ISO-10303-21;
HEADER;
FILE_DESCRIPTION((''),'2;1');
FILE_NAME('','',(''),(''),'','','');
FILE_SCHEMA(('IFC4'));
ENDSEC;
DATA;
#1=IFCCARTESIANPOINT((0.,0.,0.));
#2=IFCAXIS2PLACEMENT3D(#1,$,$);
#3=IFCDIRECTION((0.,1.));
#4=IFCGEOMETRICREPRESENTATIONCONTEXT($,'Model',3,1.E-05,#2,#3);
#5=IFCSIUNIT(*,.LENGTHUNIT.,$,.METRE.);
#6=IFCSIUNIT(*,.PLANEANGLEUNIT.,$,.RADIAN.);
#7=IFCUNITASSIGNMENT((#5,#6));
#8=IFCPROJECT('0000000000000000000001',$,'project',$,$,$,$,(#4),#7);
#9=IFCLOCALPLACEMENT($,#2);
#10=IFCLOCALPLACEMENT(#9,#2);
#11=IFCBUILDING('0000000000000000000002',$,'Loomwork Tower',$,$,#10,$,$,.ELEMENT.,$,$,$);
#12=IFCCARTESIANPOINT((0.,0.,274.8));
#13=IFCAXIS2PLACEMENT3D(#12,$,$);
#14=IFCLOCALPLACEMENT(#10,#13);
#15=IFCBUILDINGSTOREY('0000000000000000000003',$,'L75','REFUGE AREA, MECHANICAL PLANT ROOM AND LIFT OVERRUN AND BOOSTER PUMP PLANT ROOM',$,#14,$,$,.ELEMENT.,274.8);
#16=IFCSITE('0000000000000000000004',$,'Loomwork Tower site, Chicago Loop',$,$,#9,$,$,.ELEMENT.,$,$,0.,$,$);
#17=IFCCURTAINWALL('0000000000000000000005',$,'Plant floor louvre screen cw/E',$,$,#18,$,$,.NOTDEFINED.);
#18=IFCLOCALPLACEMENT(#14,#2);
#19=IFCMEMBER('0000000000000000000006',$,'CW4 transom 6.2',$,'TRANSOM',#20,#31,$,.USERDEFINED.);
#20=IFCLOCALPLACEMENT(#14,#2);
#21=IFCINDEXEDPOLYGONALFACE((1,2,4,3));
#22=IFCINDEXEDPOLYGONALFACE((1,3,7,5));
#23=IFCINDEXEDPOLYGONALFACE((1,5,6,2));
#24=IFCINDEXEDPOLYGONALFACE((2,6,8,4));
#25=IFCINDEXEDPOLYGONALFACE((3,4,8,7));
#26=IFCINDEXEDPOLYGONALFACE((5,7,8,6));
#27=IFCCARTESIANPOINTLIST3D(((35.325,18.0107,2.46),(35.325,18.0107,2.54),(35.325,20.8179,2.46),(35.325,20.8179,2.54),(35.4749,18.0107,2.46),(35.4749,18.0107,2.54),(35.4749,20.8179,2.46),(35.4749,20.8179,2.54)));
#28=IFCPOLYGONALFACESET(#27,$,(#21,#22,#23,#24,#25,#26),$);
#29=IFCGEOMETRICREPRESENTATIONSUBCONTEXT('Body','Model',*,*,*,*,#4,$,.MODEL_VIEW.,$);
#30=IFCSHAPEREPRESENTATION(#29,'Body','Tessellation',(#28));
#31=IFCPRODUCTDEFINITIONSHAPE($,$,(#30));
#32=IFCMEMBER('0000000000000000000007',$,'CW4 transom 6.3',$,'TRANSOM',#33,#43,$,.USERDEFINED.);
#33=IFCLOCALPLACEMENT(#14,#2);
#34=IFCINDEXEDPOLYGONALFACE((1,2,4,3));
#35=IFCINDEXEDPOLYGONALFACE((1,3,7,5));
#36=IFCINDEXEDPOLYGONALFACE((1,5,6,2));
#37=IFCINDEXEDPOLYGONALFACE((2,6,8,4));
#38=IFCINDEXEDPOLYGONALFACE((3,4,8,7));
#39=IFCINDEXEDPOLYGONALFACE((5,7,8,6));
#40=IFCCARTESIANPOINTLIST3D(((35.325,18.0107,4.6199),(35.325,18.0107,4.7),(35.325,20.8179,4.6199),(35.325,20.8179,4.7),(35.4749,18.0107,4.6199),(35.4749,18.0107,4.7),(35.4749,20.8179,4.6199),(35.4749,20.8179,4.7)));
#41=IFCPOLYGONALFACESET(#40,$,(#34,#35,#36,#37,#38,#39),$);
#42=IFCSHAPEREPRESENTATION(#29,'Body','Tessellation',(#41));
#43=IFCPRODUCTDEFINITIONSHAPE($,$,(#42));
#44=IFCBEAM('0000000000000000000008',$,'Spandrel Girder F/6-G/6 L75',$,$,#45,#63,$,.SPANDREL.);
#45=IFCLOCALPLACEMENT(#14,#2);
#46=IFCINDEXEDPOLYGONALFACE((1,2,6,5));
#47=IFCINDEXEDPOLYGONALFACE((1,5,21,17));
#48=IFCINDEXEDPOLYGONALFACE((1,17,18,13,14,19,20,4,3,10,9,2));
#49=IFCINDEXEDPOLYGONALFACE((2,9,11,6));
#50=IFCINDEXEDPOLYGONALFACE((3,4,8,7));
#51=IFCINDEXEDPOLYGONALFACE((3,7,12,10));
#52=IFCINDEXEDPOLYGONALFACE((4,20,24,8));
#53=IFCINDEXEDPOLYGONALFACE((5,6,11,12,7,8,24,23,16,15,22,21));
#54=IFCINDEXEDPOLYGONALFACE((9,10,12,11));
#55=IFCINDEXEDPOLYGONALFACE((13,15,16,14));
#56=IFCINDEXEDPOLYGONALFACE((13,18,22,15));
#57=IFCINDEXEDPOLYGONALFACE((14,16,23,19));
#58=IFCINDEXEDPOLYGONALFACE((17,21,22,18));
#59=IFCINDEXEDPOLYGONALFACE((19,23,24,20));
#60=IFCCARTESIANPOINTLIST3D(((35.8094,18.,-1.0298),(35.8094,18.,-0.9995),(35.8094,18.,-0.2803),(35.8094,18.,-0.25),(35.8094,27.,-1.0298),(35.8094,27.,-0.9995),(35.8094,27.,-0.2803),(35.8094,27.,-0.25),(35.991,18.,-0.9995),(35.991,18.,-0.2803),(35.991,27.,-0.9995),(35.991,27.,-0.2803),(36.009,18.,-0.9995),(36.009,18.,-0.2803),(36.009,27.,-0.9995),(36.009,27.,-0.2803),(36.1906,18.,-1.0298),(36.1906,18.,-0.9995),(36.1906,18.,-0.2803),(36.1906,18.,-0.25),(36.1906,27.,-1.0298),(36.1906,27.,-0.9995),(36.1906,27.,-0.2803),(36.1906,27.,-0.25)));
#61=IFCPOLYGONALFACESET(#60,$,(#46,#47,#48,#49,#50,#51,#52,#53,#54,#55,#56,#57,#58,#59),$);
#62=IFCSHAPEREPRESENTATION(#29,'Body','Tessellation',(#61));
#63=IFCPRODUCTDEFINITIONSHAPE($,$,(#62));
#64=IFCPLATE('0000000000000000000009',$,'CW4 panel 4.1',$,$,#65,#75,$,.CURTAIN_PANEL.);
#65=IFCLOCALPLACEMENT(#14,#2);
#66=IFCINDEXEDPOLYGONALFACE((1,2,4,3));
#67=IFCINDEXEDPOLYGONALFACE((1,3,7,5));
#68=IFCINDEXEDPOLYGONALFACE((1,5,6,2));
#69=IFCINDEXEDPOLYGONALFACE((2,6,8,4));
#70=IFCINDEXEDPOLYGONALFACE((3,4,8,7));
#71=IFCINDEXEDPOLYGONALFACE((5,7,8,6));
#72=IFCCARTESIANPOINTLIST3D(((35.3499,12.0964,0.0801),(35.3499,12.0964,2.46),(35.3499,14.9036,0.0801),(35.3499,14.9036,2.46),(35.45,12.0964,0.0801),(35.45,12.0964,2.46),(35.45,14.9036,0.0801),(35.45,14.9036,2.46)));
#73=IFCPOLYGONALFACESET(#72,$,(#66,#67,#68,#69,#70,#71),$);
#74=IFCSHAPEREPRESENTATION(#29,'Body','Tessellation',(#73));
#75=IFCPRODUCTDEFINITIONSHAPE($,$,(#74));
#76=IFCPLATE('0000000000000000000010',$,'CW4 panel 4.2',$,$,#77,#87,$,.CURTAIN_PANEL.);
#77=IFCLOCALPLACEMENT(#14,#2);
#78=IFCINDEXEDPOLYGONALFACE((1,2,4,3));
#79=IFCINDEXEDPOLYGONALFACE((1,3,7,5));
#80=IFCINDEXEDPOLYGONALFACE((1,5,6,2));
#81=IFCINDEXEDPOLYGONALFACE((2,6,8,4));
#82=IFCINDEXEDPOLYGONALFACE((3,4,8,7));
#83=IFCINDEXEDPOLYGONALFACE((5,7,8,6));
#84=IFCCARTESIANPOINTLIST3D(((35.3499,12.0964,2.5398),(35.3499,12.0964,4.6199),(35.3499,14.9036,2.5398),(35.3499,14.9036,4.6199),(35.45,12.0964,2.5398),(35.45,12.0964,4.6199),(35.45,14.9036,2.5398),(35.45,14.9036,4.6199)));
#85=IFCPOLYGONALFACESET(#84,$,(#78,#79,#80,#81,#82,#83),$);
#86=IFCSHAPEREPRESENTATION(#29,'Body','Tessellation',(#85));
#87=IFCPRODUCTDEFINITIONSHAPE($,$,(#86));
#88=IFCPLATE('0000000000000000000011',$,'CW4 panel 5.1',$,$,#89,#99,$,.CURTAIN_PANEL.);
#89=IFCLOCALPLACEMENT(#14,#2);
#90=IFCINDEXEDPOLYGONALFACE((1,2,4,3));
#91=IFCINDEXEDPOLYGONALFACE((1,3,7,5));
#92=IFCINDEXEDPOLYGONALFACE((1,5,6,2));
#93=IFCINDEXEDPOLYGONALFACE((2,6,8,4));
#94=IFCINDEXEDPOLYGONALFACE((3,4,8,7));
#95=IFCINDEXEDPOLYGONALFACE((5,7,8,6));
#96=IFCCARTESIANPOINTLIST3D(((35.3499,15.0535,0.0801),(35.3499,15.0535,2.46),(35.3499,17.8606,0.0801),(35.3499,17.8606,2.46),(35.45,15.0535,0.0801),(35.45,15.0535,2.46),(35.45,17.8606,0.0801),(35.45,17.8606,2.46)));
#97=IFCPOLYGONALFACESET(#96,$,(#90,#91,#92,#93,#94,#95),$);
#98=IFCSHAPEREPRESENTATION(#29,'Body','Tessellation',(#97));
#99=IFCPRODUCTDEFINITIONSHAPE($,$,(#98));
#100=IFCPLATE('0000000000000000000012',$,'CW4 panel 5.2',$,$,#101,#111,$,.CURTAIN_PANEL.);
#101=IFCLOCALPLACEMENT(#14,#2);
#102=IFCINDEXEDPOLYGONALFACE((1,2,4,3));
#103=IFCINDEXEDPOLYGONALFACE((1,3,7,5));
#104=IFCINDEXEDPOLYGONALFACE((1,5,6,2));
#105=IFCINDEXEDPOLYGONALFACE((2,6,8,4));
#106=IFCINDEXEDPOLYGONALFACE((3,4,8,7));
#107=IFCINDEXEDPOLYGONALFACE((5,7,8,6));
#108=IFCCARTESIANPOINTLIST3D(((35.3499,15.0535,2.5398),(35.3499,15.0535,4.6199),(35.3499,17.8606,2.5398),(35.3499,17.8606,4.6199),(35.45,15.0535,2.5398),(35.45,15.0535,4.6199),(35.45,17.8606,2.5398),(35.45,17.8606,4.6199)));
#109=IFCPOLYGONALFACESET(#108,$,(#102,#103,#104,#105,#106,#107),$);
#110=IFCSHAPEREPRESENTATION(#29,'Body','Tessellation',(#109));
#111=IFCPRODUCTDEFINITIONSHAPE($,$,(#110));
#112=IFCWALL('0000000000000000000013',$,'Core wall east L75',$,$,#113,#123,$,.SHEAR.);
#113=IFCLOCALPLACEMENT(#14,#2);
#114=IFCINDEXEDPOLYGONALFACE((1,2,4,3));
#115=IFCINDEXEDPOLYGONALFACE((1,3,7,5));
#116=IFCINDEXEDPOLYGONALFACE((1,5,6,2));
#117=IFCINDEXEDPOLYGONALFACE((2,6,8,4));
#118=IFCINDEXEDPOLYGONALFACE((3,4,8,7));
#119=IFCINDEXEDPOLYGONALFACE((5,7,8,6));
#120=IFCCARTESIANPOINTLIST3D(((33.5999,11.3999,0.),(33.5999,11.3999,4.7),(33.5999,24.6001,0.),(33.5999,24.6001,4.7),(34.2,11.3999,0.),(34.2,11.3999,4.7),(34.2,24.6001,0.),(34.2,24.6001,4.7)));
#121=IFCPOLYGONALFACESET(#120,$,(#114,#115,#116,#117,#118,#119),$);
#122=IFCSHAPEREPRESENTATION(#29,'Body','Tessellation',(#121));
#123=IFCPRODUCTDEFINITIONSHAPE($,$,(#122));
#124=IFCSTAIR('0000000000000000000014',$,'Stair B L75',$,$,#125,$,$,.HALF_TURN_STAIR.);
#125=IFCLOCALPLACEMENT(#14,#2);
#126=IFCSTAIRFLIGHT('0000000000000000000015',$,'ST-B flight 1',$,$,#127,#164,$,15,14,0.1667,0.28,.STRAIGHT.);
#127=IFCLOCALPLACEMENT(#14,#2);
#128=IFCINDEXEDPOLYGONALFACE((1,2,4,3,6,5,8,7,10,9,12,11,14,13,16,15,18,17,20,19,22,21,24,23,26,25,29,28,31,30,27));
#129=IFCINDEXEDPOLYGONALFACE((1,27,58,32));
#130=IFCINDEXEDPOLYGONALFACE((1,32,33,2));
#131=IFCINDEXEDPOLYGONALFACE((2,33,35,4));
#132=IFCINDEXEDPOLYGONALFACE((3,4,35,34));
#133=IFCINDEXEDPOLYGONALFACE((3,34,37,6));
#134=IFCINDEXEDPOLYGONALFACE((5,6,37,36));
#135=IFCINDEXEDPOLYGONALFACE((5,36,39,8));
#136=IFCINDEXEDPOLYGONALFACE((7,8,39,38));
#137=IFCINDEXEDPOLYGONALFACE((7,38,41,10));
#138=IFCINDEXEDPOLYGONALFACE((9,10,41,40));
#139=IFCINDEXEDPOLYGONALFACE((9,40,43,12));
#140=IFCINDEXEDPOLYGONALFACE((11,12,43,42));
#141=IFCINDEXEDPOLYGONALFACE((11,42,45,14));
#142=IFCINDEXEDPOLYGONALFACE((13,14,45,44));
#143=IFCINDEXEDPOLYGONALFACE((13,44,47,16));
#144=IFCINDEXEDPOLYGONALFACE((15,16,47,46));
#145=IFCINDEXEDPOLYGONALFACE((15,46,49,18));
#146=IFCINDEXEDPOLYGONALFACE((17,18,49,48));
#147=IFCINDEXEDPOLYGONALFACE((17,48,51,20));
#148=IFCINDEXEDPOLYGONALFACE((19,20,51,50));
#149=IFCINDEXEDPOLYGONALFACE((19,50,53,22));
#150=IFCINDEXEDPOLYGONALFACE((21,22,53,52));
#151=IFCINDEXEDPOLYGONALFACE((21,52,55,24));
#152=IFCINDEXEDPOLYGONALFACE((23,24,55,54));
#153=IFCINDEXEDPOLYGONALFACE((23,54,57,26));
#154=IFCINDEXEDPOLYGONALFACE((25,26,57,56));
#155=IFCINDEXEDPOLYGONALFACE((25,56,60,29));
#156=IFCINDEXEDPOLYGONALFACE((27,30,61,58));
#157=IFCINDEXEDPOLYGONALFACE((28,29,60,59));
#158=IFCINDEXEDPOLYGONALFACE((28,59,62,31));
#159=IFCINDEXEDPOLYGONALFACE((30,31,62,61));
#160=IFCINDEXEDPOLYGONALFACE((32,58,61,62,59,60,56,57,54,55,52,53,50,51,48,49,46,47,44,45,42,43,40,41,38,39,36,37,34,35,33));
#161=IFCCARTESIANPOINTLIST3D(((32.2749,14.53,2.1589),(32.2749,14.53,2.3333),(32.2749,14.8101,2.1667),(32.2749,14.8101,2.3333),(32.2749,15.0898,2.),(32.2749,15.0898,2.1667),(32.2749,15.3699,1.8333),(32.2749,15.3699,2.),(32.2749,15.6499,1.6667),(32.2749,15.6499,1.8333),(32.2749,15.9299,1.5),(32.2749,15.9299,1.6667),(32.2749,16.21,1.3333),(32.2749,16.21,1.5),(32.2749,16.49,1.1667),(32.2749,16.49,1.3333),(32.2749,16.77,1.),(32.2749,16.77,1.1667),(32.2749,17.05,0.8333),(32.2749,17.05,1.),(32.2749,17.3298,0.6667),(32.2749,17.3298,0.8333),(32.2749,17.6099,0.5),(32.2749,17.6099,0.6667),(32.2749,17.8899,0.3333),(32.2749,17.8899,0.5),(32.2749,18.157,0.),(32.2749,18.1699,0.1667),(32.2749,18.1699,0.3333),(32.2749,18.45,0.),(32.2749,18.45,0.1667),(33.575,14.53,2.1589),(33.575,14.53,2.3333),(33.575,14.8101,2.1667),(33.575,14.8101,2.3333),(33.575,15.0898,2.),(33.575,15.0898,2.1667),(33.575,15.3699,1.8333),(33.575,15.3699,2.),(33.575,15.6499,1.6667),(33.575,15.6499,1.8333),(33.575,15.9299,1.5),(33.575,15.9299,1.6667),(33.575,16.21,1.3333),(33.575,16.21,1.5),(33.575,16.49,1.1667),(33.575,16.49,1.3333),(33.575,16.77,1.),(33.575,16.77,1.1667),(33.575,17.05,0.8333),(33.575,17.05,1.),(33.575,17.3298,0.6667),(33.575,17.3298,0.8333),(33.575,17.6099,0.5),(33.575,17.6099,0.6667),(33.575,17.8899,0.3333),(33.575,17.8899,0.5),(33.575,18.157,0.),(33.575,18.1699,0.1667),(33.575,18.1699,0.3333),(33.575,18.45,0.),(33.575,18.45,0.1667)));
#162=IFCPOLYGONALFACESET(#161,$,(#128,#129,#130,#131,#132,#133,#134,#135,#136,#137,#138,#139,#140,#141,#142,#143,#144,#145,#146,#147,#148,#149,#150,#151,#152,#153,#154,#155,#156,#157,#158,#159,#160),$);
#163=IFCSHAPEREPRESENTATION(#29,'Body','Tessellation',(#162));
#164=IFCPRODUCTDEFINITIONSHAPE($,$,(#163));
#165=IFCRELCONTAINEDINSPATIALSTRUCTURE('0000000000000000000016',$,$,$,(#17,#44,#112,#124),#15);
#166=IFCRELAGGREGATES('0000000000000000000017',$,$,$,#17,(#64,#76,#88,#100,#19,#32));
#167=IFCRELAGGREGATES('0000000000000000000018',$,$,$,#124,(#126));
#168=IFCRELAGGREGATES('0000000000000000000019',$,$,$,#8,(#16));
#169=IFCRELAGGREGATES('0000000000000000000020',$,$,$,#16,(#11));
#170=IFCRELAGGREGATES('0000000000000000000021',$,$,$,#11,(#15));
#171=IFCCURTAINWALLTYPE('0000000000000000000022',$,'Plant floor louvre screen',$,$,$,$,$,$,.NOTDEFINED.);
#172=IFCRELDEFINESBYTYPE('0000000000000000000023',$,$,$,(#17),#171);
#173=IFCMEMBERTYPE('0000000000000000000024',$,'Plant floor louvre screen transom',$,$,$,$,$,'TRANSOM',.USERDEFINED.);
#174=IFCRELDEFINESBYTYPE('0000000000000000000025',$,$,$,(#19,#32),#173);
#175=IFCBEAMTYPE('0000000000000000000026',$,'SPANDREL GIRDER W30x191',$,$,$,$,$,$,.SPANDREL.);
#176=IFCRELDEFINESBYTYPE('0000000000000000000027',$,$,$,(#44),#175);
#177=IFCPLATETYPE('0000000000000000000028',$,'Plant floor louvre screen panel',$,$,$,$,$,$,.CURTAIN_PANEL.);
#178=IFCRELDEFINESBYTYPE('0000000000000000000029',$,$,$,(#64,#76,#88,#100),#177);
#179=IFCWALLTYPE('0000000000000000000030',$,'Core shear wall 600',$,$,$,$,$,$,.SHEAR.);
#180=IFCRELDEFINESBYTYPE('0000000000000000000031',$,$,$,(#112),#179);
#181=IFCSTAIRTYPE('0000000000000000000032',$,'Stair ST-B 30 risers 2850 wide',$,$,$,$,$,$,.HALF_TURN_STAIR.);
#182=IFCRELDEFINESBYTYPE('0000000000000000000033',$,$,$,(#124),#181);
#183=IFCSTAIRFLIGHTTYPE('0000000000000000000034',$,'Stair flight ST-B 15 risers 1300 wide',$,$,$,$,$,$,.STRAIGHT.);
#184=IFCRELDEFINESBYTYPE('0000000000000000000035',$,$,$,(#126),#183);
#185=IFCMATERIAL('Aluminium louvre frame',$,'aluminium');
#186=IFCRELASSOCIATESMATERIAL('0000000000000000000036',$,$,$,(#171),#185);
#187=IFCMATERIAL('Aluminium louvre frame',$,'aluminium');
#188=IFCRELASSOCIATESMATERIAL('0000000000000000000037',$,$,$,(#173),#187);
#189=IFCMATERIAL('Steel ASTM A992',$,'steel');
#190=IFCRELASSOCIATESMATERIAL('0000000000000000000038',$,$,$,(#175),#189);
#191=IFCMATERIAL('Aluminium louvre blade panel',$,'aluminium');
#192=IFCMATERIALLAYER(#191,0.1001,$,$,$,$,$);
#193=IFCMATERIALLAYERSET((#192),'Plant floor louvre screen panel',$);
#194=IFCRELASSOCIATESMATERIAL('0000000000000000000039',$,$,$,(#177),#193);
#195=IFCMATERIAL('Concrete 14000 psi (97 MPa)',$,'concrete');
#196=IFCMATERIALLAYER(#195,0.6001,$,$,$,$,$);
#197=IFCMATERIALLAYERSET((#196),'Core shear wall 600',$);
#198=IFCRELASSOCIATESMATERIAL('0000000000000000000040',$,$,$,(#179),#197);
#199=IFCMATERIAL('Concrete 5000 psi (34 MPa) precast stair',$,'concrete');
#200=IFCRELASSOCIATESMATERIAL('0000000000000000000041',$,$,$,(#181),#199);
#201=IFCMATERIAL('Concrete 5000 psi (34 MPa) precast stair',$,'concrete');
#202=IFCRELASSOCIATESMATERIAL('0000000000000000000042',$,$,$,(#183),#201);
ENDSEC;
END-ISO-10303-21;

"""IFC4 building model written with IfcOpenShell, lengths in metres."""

from ifc_helpers import new_model, si_unit, direction, frame, frame_2d, origin, origin_2d, place, context, subcontext, project, spatial, polyline, rectangle, i_section, outline, extrude, material, layer, layer_set, material_profile, profile_set, type_object, element, aggregate, save


model = new_model("IFC4")

# Units and contexts
model_context = context("Model", 3, precision=1e-05, world=origin(), true_north=direction((0.0, 1.0)))
body_context = subcontext(model_context, "Body", "Model", "MODEL_VIEW")
ifc_project = project(units=[si_unit("LENGTHUNIT", "METRE"), si_unit("PLANEANGLEUNIT", "RADIAN")], contexts=[model_context])

# Site, building, storey
site_placement = place(None, origin())
site = spatial("IfcSite", under=ifc_project, at=site_placement, Name="Loomwork Tower site, Chicago Loop", CompositionType="ELEMENT", RefElevation=0.0)
building_placement = place(site_placement, origin())
building = spatial("IfcBuilding", under=site, at=building_placement, Name="Loomwork Tower", CompositionType="ELEMENT")
storey_placement = place(building_placement, frame((0.0, 0.0, 274.8)))
storey = spatial("IfcBuildingStorey", under=building, at=storey_placement, Name="L75", Description="REFUGE AREA, MECHANICAL PLANT ROOM AND LIFT OVERRUN AND BOOSTER PUMP PLANT ROOM", CompositionType="ELEMENT", Elevation=274.8)

# Curtain wall, members
ifc_material_1 = material(Name="Aluminium louvre frame", Category="aluminium")
curtain_wall_type = type_object("IfcCurtainWallType", Name="Plant floor louvre screen", PredefinedType="NOTDEFINED", material=ifc_material_1)
curtain_wall_placement = place(storey_placement, origin())
curtain_wall = element("IfcCurtainWall", 1, at=curtain_wall_placement, inside=storey, type_object=curtain_wall_type, Name="Plant floor louvre screen cw/E", PredefinedType="NOTDEFINED")
ifc_material_2 = material(Name="Aluminium louvre frame", Category="aluminium")
ifc_material_profile_1 = material_profile(ifc_material_2, rectangle(XDim=0.1499, YDim=0.0801, at=origin_2d()), Name="AL 80x150")
ifc_profile_set_1 = profile_set([ifc_material_profile_1], Name="Aluminium louvre frame")
member_type_1 = type_object("IfcMemberType", Name="Plant floor louvre screen transom", ElementType="TRANSOM", PredefinedType="USERDEFINED", material=ifc_profile_set_1)
member_1_placement = place(storey_placement, frame((35.3999, 18.0107, 2.5), z_axis=(0.0, 1.0, 0.0), x_axis=(-1.0, 0.0, 0.0)))
member_1 = element("IfcMember", 2, at=member_1_placement, type_object=member_type_1, Name="CW4 transom 6.2", ObjectType="TRANSOM", PredefinedType="USERDEFINED", context=body_context, shape_type="SweptSolid", body=[
    extrude(rectangle(XDim=0.1499, YDim=0.0801, at=origin_2d()), origin(), (0.0, 0.0, 1.0), 2.8071),
])
member_2_placement = place(storey_placement, frame((35.3999, 18.0107, 4.6599), z_axis=(0.0, 1.0, 0.0), x_axis=(-1.0, 0.0, 0.0)))
member_2 = element("IfcMember", 3, at=member_2_placement, type_object=member_type_1, Name="CW4 transom 6.3", ObjectType="TRANSOM", PredefinedType="USERDEFINED", context=body_context, shape_type="SweptSolid", body=[
    extrude(rectangle(XDim=0.1499, YDim=0.0801, at=origin_2d()), origin(), (0.0, 0.0, 1.0), 2.8071),
])

# Beam
ifc_material_3 = material(Name="Steel ASTM A992", Category="steel")
ifc_material_profile_2 = material_profile(ifc_material_3, i_section(OverallWidth=0.3811, OverallDepth=0.7798, WebThickness=0.0181, FlangeThickness=0.0303, at=origin_2d()), Name="W30x191")
ifc_profile_set_2 = profile_set([ifc_material_profile_2], Name="Steel ASTM A992")
beam_type = type_object("IfcBeamType", Name="SPANDREL GIRDER W30x191", PredefinedType="SPANDREL", material=ifc_profile_set_2)
beam_placement = place(storey_placement, frame((36.0, 18.0, -0.6399), z_axis=(0.0, 1.0, 0.0), x_axis=(-1.0, 0.0, 0.0)))
element("IfcBeam", 4, at=beam_placement, inside=storey, type_object=beam_type, Name="Spandrel Girder F/6-G/6 L75", PredefinedType="SPANDREL", context=body_context, shape_type="SweptSolid", body=[
    extrude(i_section(OverallWidth=0.3811, OverallDepth=0.7798, WebThickness=0.0181, FlangeThickness=0.0303, at=origin_2d()), origin(), (0.0, 0.0, 1.0), 9.0),
])

# Plates
ifc_material_4 = material(Name="Aluminium louvre blade panel", Category="aluminium")
ifc_layer_1 = layer(ifc_material_4, 0.1001)
ifc_layer_set_1 = layer_set([ifc_layer_1], Name="Plant floor louvre screen panel")
plate_type = type_object("IfcPlateType", Name="Plant floor louvre screen panel", PredefinedType="CURTAIN_PANEL", material=ifc_layer_set_1)
plate_1_placement = place(storey_placement, frame((35.3999, 13.5, 0.0801), z_axis=(0.0, 0.0, 1.0), x_axis=(0.0, 1.0, 0.0)))
plate_1 = element("IfcPlate", 5, at=plate_1_placement, type_object=plate_type, Name="CW4 panel 4.1", PredefinedType="CURTAIN_PANEL", context=body_context, shape_type="SweptSolid", body=[
    extrude(rectangle(XDim=2.8071, YDim=0.1001, at=origin_2d()), origin(), (0.0, 0.0, 1.0), 2.3799),
])
plate_2_placement = place(storey_placement, frame((35.3999, 13.5, 2.5398), z_axis=(0.0, 0.0, 1.0), x_axis=(0.0, 1.0, 0.0)))
plate_2 = element("IfcPlate", 6, at=plate_2_placement, type_object=plate_type, Name="CW4 panel 4.2", PredefinedType="CURTAIN_PANEL", context=body_context, shape_type="SweptSolid", body=[
    extrude(rectangle(XDim=2.8071, YDim=0.1001, at=origin_2d()), origin(), (0.0, 0.0, 1.0), 2.0801),
])
plate_3_placement = place(storey_placement, frame((35.3999, 16.457, 0.0801), z_axis=(0.0, 0.0, 1.0), x_axis=(0.0, 1.0, 0.0)))
plate_3 = element("IfcPlate", 7, at=plate_3_placement, type_object=plate_type, Name="CW4 panel 5.1", PredefinedType="CURTAIN_PANEL", context=body_context, shape_type="SweptSolid", body=[
    extrude(rectangle(XDim=2.8071, YDim=0.1001, at=origin_2d()), origin(), (0.0, 0.0, 1.0), 2.3799),
])
plate_4_placement = place(storey_placement, frame((35.3999, 16.457, 2.5398), z_axis=(0.0, 0.0, 1.0), x_axis=(0.0, 1.0, 0.0)))
plate_4 = element("IfcPlate", 8, at=plate_4_placement, type_object=plate_type, Name="CW4 panel 5.2", PredefinedType="CURTAIN_PANEL", context=body_context, shape_type="SweptSolid", body=[
    extrude(rectangle(XDim=2.8071, YDim=0.1001, at=origin_2d()), origin(), (0.0, 0.0, 1.0), 2.0801),
])
aggregate(curtain_wall, [plate_1, plate_2, plate_3, plate_4, member_1, member_2])

# Wall
ifc_material_5 = material(Name="Concrete 14000 psi (97 MPa)", Category="concrete")
ifc_layer_2 = layer(ifc_material_5, 0.6001)
ifc_layer_set_2 = layer_set([ifc_layer_2], Name="Core shear wall 600")
wall_type = type_object("IfcWallType", Name="Core shear wall 600", PredefinedType="SHEAR", material=ifc_layer_set_2)
wall_placement = place(storey_placement, frame((33.8999, 11.3999, 0.0), z_axis=(0.0, 0.0, 1.0), x_axis=(0.0, 1.0, 0.0)))
element("IfcWall", 9, at=wall_placement, inside=storey, type_object=wall_type, Name="Core wall east L75", PredefinedType="SHEAR", context=body_context, shape_type="SweptSolid", body=[
    extrude(rectangle(XDim=13.2002, YDim=0.6001, at=frame_2d((6.6001, 0.0))), origin(), (0.0, 0.0, 1.0), 4.7),
])

# Stair, stair flight
ifc_material_6 = material(Name="Concrete 5000 psi (34 MPa) precast stair", Category="concrete")
stair_type = type_object("IfcStairType", Name="Stair ST-B 30 risers 2850 wide", PredefinedType="HALF_TURN_STAIR", material=ifc_material_6)
stair_placement = place(storey_placement, origin())
stair = element("IfcStair", 10, at=stair_placement, inside=storey, type_object=stair_type, Name="Stair B L75", PredefinedType="HALF_TURN_STAIR")
ifc_material_7 = material(Name="Concrete 5000 psi (34 MPa) precast stair", Category="concrete")
stair_flight_type = type_object("IfcStairFlightType", Name="Stair flight ST-B 15 risers 1300 wide", PredefinedType="STRAIGHT", material=ifc_material_7)
stair_flight_1_placement = place(storey_placement, frame((32.925, 18.45, 0.0), z_axis=(0.0, 0.0, 1.0), x_axis=(0.0, -1.0, 0.0)))
stair_flight_1 = element("IfcStairFlight", 11, at=stair_flight_1_placement, type_object=stair_flight_type, Name="ST-B flight 1", NumberOfRisers=15, NumberOfTreads=14, PredefinedType="STRAIGHT", RiserHeight=0.1667, TreadLength=0.28, context=body_context, shape_type="SweptSolid", body=[
    extrude(outline(polyline([(0.0, 0.0), (0.0, 0.1667), (0.28, 0.1667), (0.28, 0.3333), (0.5601, 0.3333), (0.5601, 0.5), (0.8401, 0.5), (0.8401, 0.6667), (1.1201, 0.6667), (1.1201, 0.8333), (1.3999, 0.8333), (1.3999, 1.0), (1.6799, 1.0), (1.6799, 1.1667), (1.96, 1.1667), (1.96, 1.3333), (2.24, 1.3333), (2.24, 1.5), (2.52, 1.5), (2.52, 1.6667), (2.8, 1.6667), (2.8, 1.8333), (3.0801, 1.8333), (3.0801, 2.0), (3.3601, 2.0), (3.3601, 2.1667), (3.6399, 2.1667), (3.6399, 2.3333), (3.9199, 2.3333), (3.9199, 2.5), (3.9199, 2.1589), (0.293, 0.0), (0.0, 0.0)])), frame((0.0, 0.6499, 0.0), z_axis=(0.0, -1.0, 0.0), x_axis=(1.0, 0.0, 0.0)), (0.0, 0.0, 1.0), 1.3),
])
aggregate(stair, [stair_flight_1])

save(model, "model.ifc")
